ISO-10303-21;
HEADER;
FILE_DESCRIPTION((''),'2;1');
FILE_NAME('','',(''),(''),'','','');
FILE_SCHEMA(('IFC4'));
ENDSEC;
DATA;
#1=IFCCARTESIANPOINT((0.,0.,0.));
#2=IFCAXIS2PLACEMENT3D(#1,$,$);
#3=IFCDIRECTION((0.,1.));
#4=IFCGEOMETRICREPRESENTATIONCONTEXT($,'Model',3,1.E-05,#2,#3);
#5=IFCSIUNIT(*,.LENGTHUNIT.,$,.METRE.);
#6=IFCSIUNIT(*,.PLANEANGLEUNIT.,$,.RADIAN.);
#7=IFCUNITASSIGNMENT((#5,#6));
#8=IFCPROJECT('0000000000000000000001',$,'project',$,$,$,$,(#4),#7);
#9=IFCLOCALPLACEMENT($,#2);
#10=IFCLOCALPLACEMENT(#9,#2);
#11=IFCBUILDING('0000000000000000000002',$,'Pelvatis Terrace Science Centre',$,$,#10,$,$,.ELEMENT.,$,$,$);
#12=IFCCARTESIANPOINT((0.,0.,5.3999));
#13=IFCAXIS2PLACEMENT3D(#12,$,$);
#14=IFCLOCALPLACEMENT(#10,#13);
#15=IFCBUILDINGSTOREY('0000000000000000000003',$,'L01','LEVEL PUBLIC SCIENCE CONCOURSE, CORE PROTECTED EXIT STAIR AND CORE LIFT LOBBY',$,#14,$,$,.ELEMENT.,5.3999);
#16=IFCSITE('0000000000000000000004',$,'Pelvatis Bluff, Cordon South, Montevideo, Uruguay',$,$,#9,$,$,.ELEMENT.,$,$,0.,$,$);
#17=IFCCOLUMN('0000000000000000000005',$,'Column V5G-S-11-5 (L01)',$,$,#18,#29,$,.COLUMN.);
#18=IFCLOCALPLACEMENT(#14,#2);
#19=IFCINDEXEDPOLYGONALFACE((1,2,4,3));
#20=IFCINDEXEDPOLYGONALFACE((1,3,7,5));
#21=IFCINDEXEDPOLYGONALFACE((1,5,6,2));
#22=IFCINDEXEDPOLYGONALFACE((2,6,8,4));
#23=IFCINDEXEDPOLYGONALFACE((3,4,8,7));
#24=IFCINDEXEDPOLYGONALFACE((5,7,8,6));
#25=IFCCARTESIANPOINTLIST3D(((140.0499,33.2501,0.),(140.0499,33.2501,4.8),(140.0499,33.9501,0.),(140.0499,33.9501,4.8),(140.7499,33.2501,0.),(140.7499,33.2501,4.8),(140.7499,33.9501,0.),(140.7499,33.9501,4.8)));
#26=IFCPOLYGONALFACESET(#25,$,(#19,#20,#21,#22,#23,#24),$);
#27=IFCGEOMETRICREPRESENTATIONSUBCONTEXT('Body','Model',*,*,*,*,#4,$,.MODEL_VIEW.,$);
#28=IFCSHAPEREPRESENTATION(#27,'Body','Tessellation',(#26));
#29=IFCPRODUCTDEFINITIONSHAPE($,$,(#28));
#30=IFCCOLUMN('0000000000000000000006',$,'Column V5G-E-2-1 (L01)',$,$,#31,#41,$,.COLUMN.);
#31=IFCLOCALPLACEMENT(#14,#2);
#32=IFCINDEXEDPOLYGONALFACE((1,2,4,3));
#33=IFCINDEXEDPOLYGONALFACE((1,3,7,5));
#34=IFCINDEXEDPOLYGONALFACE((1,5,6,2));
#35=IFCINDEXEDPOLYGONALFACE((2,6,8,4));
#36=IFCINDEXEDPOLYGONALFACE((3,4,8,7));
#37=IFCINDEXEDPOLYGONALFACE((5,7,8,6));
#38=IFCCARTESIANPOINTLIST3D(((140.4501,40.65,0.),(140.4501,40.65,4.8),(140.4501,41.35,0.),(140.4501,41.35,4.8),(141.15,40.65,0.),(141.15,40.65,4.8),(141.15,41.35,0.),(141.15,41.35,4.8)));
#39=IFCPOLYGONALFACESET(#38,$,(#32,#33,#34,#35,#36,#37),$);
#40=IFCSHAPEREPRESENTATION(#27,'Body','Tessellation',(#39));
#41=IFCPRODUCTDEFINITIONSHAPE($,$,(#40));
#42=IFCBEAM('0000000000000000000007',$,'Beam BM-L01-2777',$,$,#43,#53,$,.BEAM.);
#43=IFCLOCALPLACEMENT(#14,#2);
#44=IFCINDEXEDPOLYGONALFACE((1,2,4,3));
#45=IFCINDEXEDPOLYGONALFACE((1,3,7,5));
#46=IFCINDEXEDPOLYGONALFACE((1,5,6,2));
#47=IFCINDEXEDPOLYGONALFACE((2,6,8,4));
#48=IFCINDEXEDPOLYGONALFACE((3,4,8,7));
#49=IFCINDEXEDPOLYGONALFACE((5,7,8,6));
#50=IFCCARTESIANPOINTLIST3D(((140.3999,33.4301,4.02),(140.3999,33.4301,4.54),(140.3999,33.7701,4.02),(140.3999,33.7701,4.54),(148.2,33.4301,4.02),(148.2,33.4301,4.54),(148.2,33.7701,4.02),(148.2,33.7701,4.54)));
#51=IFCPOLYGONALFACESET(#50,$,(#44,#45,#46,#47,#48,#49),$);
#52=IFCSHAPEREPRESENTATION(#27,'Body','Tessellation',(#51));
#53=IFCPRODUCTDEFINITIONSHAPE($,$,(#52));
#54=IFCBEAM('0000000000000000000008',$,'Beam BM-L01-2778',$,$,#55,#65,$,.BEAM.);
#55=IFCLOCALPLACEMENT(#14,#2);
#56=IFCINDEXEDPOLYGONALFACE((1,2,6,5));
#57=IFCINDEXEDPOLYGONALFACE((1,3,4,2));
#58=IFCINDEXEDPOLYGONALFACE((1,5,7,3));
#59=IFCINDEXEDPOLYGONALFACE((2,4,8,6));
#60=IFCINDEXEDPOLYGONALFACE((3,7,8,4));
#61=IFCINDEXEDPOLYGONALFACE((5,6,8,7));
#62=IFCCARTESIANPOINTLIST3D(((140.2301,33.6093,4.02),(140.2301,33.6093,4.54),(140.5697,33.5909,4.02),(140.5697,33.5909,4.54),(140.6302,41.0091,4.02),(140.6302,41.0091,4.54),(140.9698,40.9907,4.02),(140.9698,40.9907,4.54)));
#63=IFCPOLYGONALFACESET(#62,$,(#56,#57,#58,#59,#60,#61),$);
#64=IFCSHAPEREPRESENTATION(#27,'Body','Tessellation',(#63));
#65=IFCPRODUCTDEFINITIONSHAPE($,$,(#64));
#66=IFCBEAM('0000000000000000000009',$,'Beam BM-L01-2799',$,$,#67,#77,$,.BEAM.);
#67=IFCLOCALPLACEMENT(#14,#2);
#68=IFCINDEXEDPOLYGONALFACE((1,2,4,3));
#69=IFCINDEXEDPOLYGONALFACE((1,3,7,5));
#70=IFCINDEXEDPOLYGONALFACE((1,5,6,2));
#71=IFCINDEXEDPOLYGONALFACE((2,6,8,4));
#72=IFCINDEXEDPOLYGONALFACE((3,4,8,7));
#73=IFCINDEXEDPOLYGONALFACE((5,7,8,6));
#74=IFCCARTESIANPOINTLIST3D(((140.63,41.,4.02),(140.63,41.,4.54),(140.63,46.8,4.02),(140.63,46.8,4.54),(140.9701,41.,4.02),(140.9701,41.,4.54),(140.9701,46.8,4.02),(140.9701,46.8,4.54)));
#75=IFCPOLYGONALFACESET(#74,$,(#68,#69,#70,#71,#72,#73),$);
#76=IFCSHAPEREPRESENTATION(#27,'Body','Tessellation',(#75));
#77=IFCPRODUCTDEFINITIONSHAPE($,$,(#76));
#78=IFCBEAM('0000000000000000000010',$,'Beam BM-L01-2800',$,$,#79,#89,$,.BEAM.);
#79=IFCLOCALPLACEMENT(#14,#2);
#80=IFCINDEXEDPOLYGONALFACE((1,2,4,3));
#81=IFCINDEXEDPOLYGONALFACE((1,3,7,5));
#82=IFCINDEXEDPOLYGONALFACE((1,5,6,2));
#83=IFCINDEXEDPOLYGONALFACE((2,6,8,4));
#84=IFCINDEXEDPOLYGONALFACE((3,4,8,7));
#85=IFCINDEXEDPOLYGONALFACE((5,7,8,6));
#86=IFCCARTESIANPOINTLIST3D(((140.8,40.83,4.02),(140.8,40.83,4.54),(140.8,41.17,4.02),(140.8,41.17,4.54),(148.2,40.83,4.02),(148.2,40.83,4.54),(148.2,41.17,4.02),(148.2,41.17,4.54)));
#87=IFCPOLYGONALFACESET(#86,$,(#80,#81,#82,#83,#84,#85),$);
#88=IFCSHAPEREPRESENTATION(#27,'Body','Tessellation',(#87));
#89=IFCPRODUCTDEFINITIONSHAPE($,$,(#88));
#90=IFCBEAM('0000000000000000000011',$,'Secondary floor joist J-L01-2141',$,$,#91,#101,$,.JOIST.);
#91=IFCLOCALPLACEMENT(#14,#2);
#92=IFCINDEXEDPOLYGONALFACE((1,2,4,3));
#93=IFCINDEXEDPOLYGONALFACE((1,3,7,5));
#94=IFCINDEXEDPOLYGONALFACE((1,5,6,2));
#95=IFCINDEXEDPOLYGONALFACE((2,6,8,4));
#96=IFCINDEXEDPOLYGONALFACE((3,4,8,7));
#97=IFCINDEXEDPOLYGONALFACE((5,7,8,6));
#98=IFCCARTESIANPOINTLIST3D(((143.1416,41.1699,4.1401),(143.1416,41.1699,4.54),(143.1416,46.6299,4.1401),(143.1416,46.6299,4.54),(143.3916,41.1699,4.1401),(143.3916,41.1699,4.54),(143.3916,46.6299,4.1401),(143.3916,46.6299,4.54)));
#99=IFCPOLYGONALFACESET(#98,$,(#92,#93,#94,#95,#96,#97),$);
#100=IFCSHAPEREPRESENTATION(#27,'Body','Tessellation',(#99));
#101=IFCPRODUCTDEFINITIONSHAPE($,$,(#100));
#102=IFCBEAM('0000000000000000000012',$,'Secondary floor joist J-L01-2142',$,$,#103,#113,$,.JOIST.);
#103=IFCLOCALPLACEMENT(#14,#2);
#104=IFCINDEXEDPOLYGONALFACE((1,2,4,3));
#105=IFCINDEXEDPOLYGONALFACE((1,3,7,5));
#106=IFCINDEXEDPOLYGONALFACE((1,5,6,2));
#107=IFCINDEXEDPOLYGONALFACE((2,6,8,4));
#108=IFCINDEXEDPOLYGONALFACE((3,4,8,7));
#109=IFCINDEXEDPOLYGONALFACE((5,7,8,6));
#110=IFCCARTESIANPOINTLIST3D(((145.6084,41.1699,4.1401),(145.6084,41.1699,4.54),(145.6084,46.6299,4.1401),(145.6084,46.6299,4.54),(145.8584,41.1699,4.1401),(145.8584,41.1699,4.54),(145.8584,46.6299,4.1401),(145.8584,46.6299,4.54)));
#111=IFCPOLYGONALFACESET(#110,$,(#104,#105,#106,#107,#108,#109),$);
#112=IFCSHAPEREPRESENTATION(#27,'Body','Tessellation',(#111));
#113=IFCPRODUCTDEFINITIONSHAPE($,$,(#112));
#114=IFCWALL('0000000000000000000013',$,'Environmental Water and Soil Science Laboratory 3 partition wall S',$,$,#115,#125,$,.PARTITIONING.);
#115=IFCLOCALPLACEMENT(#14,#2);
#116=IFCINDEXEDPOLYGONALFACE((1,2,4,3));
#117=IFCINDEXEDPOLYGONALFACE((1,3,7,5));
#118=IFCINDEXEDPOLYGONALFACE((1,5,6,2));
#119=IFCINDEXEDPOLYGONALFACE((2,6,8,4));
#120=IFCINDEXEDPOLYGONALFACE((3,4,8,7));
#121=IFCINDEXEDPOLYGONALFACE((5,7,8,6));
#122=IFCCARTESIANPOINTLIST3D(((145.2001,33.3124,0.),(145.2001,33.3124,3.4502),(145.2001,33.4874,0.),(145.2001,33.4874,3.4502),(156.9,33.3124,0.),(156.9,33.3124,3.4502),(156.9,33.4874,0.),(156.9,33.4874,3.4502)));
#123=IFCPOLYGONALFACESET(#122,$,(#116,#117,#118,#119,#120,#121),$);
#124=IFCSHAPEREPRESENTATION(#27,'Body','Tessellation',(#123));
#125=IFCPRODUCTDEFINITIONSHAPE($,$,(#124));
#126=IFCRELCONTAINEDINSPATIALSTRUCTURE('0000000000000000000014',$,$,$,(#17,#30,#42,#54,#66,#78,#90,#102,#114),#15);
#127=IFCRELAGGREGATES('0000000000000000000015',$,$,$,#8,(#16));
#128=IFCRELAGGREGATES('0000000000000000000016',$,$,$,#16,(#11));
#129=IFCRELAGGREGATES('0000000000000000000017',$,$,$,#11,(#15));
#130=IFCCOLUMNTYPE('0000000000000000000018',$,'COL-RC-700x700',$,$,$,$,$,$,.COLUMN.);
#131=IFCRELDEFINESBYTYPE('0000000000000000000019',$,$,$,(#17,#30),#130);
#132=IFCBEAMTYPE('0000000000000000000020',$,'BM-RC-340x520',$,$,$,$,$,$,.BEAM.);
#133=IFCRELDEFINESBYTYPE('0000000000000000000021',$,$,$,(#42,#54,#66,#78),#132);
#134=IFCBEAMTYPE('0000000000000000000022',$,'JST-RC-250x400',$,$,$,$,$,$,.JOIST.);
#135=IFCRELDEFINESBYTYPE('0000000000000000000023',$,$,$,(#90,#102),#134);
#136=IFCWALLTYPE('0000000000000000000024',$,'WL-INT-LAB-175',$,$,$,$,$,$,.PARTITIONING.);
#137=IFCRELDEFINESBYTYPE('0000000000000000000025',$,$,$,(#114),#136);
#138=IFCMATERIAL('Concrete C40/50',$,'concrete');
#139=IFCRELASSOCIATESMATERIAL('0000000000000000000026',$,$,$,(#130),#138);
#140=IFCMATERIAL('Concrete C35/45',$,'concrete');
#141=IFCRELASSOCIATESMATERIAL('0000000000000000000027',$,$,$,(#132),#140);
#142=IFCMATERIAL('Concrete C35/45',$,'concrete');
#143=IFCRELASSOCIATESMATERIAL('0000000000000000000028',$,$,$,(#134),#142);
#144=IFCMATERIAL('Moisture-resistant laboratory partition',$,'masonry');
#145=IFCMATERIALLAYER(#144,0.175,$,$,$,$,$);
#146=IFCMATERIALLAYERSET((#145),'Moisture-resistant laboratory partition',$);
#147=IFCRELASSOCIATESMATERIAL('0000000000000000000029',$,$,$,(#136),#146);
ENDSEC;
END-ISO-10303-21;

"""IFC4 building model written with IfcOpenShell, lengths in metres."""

from ifc_helpers import new_model, si_unit, direction, frame, frame_2d, origin, origin_2d, place, context, subcontext, project, spatial, rectangle, extrude, material, layer, layer_set, material_profile, profile_set, type_object, element, save


model = new_model("IFC4")

# Units and contexts
model_context = context("Model", 3, precision=1e-05, world=origin(), true_north=direction((0.0, 1.0)))
body_context = subcontext(model_context, "Body", "Model", "MODEL_VIEW")
ifc_project = project(units=[si_unit("LENGTHUNIT", "METRE"), si_unit("PLANEANGLEUNIT", "RADIAN")], contexts=[model_context])

# Site, building, storey
site_placement = place(None, origin())
site = spatial("IfcSite", under=ifc_project, at=site_placement, Name="Pelvatis Bluff, Cordon South, Montevideo, Uruguay", CompositionType="ELEMENT", RefElevation=0.0)
building_placement = place(site_placement, origin())
building = spatial("IfcBuilding", under=site, at=building_placement, Name="Pelvatis Terrace Science Centre", CompositionType="ELEMENT")
storey_placement = place(building_placement, frame((0.0, 0.0, 5.3999)))
storey = spatial("IfcBuildingStorey", under=building, at=storey_placement, Name="L01", Description="LEVEL PUBLIC SCIENCE CONCOURSE, CORE PROTECTED EXIT STAIR AND CORE LIFT LOBBY", CompositionType="ELEMENT", Elevation=5.3999)

# Columns
ifc_material_1 = material(Name="Concrete C40/50", Category="concrete")
ifc_material_profile_1 = material_profile(ifc_material_1, rectangle(XDim=0.7, YDim=0.7, at=origin_2d()), Name="RC-COL 700x700")
ifc_profile_set_1 = profile_set([ifc_material_profile_1], Name="Concrete C40/50")
column_type = type_object("IfcColumnType", Name="COL-RC-700x700", PredefinedType="COLUMN", material=ifc_profile_set_1)
for number, where, z_axis, x_axis, name in (
    (1, (140.3999, 33.6001, 0.0), (0.0, 0.0, 1.0), (1.0, 0.0, 0.0), "Column V5G-S-11-5 (L01)"),
    (2, (140.8, 41.0, 0.0), (0.0, 0.0, 1.0), (1.0, 0.0, 0.0), "Column V5G-E-2-1 (L01)"),
):
    element("IfcColumn", number, at=place(storey_placement, frame(where, z_axis=z_axis, x_axis=x_axis)), inside=storey, type_object=column_type, Name=name, PredefinedType="COLUMN", context=body_context, shape_type="SweptSolid", body=[
        extrude(rectangle(XDim=0.7, YDim=0.7, at=origin_2d()), origin(), (0.0, 0.0, 1.0), 4.8),
    ])

# Beams
ifc_material_2 = material(Name="Concrete C35/45", Category="concrete")
ifc_material_profile_2 = material_profile(ifc_material_2, rectangle(XDim=0.3401, YDim=0.52, at=origin_2d()), Name="RC-BM 340x520")
ifc_profile_set_2 = profile_set([ifc_material_profile_2], Name="Concrete C35/45")
beam_type_1 = type_object("IfcBeamType", Name="BM-RC-340x520", PredefinedType="BEAM", material=ifc_profile_set_2)
beam_1_placement = place(storey_placement, frame((140.3999, 33.6001, 4.28), z_axis=(1.0, 0.0, 0.0), x_axis=(0.0, 1.0, 0.0)))
element("IfcBeam", 3, at=beam_1_placement, inside=storey, type_object=beam_type_1, Name="Beam BM-L01-2777", PredefinedType="BEAM", context=body_context, shape_type="SweptSolid", body=[
    extrude(rectangle(XDim=0.3401, YDim=0.52, at=origin_2d()), origin(), (0.0, 0.0, 1.0), 7.8),
])
beam_2_placement = place(storey_placement, frame((140.3999, 33.6001, 4.28), z_axis=(0.053996, 0.998541, 0.0), x_axis=(-0.998541, 0.053996, 0.0)))
element("IfcBeam", 4, at=beam_2_placement, inside=storey, type_object=beam_type_1, Name="Beam BM-L01-2778", PredefinedType="BEAM", context=body_context, shape_type="SweptSolid", body=[
    extrude(rectangle(XDim=0.3401, YDim=0.52, at=origin_2d()), origin(), (0.0, 0.0, 1.0), 7.4106),
])
beam_3_placement = place(storey_placement, frame((140.8, 41.0, 4.28), z_axis=(0.0, 1.0, 0.0), x_axis=(-1.0, 0.0, 0.0)))
element("IfcBeam", 5, at=beam_3_placement, inside=storey, type_object=beam_type_1, Name="Beam BM-L01-2799", PredefinedType="BEAM", context=body_context, shape_type="SweptSolid", body=[
    extrude(rectangle(XDim=0.3401, YDim=0.52, at=origin_2d()), origin(), (0.0, 0.0, 1.0), 5.8),
])
beam_4_placement = place(storey_placement, frame((140.8, 41.0, 4.28), z_axis=(1.0, 0.0, 0.0), x_axis=(0.0, 1.0, 0.0)))
element("IfcBeam", 6, at=beam_4_placement, inside=storey, type_object=beam_type_1, Name="Beam BM-L01-2800", PredefinedType="BEAM", context=body_context, shape_type="SweptSolid", body=[
    extrude(rectangle(XDim=0.3401, YDim=0.52, at=origin_2d()), origin(), (0.0, 0.0, 1.0), 7.3999),
])
ifc_material_3 = material(Name="Concrete C35/45", Category="concrete")
ifc_material_profile_3 = material_profile(ifc_material_3, rectangle(XDim=0.25, YDim=0.3999, at=origin_2d()), Name="RC-JST 250x400")
ifc_profile_set_3 = profile_set([ifc_material_profile_3], Name="Concrete C35/45")
beam_type_2 = type_object("IfcBeamType", Name="JST-RC-250x400", PredefinedType="JOIST", material=ifc_profile_set_3)
for number, where, z_axis, x_axis, name in (
    (7, (143.2666, 41.1699, 4.3401), (0.0, 1.0, 0.0), (-1.0, 0.0, 0.0), "Secondary floor joist J-L01-2141"),
    (8, (145.7334, 41.1699, 4.3401), (0.0, 1.0, 0.0), (-1.0, 0.0, 0.0), "Secondary floor joist J-L01-2142"),
):
    element("IfcBeam", number, at=place(storey_placement, frame(where, z_axis=z_axis, x_axis=x_axis)), inside=storey, type_object=beam_type_2, Name=name, PredefinedType="JOIST", context=body_context, shape_type="SweptSolid", body=[
        extrude(rectangle(XDim=0.25, YDim=0.3999, at=origin_2d()), origin(), (0.0, 0.0, 1.0), 5.46),
    ])

# Wall
ifc_material_4 = material(Name="Moisture-resistant laboratory partition", Category="masonry")
ifc_layer_1 = layer(ifc_material_4, 0.175)
ifc_layer_set_1 = layer_set([ifc_layer_1], Name="Moisture-resistant laboratory partition")
wall_type_1 = type_object("IfcWallType", Name="WL-INT-LAB-175", PredefinedType="PARTITIONING", material=ifc_layer_set_1)
wall_1_placement = place(storey_placement, frame((145.2, 33.3999, 0.0), z_axis=(0.0, 0.0, 1.0), x_axis=(1.0, 0.0, 0.0)))
element("IfcWall", 9, at=wall_1_placement, inside=storey, type_object=wall_type_1, Name="Environmental Water and Soil Science Laboratory 3 partition wall S", PredefinedType="PARTITIONING", context=body_context, shape_type="SweptSolid", body=[
    extrude(rectangle(XDim=11.7, YDim=0.175, at=frame_2d((5.8501, 0.0))), origin(), (0.0, 0.0, 1.0), 3.4502),
])

save(model, "model.ifc")
